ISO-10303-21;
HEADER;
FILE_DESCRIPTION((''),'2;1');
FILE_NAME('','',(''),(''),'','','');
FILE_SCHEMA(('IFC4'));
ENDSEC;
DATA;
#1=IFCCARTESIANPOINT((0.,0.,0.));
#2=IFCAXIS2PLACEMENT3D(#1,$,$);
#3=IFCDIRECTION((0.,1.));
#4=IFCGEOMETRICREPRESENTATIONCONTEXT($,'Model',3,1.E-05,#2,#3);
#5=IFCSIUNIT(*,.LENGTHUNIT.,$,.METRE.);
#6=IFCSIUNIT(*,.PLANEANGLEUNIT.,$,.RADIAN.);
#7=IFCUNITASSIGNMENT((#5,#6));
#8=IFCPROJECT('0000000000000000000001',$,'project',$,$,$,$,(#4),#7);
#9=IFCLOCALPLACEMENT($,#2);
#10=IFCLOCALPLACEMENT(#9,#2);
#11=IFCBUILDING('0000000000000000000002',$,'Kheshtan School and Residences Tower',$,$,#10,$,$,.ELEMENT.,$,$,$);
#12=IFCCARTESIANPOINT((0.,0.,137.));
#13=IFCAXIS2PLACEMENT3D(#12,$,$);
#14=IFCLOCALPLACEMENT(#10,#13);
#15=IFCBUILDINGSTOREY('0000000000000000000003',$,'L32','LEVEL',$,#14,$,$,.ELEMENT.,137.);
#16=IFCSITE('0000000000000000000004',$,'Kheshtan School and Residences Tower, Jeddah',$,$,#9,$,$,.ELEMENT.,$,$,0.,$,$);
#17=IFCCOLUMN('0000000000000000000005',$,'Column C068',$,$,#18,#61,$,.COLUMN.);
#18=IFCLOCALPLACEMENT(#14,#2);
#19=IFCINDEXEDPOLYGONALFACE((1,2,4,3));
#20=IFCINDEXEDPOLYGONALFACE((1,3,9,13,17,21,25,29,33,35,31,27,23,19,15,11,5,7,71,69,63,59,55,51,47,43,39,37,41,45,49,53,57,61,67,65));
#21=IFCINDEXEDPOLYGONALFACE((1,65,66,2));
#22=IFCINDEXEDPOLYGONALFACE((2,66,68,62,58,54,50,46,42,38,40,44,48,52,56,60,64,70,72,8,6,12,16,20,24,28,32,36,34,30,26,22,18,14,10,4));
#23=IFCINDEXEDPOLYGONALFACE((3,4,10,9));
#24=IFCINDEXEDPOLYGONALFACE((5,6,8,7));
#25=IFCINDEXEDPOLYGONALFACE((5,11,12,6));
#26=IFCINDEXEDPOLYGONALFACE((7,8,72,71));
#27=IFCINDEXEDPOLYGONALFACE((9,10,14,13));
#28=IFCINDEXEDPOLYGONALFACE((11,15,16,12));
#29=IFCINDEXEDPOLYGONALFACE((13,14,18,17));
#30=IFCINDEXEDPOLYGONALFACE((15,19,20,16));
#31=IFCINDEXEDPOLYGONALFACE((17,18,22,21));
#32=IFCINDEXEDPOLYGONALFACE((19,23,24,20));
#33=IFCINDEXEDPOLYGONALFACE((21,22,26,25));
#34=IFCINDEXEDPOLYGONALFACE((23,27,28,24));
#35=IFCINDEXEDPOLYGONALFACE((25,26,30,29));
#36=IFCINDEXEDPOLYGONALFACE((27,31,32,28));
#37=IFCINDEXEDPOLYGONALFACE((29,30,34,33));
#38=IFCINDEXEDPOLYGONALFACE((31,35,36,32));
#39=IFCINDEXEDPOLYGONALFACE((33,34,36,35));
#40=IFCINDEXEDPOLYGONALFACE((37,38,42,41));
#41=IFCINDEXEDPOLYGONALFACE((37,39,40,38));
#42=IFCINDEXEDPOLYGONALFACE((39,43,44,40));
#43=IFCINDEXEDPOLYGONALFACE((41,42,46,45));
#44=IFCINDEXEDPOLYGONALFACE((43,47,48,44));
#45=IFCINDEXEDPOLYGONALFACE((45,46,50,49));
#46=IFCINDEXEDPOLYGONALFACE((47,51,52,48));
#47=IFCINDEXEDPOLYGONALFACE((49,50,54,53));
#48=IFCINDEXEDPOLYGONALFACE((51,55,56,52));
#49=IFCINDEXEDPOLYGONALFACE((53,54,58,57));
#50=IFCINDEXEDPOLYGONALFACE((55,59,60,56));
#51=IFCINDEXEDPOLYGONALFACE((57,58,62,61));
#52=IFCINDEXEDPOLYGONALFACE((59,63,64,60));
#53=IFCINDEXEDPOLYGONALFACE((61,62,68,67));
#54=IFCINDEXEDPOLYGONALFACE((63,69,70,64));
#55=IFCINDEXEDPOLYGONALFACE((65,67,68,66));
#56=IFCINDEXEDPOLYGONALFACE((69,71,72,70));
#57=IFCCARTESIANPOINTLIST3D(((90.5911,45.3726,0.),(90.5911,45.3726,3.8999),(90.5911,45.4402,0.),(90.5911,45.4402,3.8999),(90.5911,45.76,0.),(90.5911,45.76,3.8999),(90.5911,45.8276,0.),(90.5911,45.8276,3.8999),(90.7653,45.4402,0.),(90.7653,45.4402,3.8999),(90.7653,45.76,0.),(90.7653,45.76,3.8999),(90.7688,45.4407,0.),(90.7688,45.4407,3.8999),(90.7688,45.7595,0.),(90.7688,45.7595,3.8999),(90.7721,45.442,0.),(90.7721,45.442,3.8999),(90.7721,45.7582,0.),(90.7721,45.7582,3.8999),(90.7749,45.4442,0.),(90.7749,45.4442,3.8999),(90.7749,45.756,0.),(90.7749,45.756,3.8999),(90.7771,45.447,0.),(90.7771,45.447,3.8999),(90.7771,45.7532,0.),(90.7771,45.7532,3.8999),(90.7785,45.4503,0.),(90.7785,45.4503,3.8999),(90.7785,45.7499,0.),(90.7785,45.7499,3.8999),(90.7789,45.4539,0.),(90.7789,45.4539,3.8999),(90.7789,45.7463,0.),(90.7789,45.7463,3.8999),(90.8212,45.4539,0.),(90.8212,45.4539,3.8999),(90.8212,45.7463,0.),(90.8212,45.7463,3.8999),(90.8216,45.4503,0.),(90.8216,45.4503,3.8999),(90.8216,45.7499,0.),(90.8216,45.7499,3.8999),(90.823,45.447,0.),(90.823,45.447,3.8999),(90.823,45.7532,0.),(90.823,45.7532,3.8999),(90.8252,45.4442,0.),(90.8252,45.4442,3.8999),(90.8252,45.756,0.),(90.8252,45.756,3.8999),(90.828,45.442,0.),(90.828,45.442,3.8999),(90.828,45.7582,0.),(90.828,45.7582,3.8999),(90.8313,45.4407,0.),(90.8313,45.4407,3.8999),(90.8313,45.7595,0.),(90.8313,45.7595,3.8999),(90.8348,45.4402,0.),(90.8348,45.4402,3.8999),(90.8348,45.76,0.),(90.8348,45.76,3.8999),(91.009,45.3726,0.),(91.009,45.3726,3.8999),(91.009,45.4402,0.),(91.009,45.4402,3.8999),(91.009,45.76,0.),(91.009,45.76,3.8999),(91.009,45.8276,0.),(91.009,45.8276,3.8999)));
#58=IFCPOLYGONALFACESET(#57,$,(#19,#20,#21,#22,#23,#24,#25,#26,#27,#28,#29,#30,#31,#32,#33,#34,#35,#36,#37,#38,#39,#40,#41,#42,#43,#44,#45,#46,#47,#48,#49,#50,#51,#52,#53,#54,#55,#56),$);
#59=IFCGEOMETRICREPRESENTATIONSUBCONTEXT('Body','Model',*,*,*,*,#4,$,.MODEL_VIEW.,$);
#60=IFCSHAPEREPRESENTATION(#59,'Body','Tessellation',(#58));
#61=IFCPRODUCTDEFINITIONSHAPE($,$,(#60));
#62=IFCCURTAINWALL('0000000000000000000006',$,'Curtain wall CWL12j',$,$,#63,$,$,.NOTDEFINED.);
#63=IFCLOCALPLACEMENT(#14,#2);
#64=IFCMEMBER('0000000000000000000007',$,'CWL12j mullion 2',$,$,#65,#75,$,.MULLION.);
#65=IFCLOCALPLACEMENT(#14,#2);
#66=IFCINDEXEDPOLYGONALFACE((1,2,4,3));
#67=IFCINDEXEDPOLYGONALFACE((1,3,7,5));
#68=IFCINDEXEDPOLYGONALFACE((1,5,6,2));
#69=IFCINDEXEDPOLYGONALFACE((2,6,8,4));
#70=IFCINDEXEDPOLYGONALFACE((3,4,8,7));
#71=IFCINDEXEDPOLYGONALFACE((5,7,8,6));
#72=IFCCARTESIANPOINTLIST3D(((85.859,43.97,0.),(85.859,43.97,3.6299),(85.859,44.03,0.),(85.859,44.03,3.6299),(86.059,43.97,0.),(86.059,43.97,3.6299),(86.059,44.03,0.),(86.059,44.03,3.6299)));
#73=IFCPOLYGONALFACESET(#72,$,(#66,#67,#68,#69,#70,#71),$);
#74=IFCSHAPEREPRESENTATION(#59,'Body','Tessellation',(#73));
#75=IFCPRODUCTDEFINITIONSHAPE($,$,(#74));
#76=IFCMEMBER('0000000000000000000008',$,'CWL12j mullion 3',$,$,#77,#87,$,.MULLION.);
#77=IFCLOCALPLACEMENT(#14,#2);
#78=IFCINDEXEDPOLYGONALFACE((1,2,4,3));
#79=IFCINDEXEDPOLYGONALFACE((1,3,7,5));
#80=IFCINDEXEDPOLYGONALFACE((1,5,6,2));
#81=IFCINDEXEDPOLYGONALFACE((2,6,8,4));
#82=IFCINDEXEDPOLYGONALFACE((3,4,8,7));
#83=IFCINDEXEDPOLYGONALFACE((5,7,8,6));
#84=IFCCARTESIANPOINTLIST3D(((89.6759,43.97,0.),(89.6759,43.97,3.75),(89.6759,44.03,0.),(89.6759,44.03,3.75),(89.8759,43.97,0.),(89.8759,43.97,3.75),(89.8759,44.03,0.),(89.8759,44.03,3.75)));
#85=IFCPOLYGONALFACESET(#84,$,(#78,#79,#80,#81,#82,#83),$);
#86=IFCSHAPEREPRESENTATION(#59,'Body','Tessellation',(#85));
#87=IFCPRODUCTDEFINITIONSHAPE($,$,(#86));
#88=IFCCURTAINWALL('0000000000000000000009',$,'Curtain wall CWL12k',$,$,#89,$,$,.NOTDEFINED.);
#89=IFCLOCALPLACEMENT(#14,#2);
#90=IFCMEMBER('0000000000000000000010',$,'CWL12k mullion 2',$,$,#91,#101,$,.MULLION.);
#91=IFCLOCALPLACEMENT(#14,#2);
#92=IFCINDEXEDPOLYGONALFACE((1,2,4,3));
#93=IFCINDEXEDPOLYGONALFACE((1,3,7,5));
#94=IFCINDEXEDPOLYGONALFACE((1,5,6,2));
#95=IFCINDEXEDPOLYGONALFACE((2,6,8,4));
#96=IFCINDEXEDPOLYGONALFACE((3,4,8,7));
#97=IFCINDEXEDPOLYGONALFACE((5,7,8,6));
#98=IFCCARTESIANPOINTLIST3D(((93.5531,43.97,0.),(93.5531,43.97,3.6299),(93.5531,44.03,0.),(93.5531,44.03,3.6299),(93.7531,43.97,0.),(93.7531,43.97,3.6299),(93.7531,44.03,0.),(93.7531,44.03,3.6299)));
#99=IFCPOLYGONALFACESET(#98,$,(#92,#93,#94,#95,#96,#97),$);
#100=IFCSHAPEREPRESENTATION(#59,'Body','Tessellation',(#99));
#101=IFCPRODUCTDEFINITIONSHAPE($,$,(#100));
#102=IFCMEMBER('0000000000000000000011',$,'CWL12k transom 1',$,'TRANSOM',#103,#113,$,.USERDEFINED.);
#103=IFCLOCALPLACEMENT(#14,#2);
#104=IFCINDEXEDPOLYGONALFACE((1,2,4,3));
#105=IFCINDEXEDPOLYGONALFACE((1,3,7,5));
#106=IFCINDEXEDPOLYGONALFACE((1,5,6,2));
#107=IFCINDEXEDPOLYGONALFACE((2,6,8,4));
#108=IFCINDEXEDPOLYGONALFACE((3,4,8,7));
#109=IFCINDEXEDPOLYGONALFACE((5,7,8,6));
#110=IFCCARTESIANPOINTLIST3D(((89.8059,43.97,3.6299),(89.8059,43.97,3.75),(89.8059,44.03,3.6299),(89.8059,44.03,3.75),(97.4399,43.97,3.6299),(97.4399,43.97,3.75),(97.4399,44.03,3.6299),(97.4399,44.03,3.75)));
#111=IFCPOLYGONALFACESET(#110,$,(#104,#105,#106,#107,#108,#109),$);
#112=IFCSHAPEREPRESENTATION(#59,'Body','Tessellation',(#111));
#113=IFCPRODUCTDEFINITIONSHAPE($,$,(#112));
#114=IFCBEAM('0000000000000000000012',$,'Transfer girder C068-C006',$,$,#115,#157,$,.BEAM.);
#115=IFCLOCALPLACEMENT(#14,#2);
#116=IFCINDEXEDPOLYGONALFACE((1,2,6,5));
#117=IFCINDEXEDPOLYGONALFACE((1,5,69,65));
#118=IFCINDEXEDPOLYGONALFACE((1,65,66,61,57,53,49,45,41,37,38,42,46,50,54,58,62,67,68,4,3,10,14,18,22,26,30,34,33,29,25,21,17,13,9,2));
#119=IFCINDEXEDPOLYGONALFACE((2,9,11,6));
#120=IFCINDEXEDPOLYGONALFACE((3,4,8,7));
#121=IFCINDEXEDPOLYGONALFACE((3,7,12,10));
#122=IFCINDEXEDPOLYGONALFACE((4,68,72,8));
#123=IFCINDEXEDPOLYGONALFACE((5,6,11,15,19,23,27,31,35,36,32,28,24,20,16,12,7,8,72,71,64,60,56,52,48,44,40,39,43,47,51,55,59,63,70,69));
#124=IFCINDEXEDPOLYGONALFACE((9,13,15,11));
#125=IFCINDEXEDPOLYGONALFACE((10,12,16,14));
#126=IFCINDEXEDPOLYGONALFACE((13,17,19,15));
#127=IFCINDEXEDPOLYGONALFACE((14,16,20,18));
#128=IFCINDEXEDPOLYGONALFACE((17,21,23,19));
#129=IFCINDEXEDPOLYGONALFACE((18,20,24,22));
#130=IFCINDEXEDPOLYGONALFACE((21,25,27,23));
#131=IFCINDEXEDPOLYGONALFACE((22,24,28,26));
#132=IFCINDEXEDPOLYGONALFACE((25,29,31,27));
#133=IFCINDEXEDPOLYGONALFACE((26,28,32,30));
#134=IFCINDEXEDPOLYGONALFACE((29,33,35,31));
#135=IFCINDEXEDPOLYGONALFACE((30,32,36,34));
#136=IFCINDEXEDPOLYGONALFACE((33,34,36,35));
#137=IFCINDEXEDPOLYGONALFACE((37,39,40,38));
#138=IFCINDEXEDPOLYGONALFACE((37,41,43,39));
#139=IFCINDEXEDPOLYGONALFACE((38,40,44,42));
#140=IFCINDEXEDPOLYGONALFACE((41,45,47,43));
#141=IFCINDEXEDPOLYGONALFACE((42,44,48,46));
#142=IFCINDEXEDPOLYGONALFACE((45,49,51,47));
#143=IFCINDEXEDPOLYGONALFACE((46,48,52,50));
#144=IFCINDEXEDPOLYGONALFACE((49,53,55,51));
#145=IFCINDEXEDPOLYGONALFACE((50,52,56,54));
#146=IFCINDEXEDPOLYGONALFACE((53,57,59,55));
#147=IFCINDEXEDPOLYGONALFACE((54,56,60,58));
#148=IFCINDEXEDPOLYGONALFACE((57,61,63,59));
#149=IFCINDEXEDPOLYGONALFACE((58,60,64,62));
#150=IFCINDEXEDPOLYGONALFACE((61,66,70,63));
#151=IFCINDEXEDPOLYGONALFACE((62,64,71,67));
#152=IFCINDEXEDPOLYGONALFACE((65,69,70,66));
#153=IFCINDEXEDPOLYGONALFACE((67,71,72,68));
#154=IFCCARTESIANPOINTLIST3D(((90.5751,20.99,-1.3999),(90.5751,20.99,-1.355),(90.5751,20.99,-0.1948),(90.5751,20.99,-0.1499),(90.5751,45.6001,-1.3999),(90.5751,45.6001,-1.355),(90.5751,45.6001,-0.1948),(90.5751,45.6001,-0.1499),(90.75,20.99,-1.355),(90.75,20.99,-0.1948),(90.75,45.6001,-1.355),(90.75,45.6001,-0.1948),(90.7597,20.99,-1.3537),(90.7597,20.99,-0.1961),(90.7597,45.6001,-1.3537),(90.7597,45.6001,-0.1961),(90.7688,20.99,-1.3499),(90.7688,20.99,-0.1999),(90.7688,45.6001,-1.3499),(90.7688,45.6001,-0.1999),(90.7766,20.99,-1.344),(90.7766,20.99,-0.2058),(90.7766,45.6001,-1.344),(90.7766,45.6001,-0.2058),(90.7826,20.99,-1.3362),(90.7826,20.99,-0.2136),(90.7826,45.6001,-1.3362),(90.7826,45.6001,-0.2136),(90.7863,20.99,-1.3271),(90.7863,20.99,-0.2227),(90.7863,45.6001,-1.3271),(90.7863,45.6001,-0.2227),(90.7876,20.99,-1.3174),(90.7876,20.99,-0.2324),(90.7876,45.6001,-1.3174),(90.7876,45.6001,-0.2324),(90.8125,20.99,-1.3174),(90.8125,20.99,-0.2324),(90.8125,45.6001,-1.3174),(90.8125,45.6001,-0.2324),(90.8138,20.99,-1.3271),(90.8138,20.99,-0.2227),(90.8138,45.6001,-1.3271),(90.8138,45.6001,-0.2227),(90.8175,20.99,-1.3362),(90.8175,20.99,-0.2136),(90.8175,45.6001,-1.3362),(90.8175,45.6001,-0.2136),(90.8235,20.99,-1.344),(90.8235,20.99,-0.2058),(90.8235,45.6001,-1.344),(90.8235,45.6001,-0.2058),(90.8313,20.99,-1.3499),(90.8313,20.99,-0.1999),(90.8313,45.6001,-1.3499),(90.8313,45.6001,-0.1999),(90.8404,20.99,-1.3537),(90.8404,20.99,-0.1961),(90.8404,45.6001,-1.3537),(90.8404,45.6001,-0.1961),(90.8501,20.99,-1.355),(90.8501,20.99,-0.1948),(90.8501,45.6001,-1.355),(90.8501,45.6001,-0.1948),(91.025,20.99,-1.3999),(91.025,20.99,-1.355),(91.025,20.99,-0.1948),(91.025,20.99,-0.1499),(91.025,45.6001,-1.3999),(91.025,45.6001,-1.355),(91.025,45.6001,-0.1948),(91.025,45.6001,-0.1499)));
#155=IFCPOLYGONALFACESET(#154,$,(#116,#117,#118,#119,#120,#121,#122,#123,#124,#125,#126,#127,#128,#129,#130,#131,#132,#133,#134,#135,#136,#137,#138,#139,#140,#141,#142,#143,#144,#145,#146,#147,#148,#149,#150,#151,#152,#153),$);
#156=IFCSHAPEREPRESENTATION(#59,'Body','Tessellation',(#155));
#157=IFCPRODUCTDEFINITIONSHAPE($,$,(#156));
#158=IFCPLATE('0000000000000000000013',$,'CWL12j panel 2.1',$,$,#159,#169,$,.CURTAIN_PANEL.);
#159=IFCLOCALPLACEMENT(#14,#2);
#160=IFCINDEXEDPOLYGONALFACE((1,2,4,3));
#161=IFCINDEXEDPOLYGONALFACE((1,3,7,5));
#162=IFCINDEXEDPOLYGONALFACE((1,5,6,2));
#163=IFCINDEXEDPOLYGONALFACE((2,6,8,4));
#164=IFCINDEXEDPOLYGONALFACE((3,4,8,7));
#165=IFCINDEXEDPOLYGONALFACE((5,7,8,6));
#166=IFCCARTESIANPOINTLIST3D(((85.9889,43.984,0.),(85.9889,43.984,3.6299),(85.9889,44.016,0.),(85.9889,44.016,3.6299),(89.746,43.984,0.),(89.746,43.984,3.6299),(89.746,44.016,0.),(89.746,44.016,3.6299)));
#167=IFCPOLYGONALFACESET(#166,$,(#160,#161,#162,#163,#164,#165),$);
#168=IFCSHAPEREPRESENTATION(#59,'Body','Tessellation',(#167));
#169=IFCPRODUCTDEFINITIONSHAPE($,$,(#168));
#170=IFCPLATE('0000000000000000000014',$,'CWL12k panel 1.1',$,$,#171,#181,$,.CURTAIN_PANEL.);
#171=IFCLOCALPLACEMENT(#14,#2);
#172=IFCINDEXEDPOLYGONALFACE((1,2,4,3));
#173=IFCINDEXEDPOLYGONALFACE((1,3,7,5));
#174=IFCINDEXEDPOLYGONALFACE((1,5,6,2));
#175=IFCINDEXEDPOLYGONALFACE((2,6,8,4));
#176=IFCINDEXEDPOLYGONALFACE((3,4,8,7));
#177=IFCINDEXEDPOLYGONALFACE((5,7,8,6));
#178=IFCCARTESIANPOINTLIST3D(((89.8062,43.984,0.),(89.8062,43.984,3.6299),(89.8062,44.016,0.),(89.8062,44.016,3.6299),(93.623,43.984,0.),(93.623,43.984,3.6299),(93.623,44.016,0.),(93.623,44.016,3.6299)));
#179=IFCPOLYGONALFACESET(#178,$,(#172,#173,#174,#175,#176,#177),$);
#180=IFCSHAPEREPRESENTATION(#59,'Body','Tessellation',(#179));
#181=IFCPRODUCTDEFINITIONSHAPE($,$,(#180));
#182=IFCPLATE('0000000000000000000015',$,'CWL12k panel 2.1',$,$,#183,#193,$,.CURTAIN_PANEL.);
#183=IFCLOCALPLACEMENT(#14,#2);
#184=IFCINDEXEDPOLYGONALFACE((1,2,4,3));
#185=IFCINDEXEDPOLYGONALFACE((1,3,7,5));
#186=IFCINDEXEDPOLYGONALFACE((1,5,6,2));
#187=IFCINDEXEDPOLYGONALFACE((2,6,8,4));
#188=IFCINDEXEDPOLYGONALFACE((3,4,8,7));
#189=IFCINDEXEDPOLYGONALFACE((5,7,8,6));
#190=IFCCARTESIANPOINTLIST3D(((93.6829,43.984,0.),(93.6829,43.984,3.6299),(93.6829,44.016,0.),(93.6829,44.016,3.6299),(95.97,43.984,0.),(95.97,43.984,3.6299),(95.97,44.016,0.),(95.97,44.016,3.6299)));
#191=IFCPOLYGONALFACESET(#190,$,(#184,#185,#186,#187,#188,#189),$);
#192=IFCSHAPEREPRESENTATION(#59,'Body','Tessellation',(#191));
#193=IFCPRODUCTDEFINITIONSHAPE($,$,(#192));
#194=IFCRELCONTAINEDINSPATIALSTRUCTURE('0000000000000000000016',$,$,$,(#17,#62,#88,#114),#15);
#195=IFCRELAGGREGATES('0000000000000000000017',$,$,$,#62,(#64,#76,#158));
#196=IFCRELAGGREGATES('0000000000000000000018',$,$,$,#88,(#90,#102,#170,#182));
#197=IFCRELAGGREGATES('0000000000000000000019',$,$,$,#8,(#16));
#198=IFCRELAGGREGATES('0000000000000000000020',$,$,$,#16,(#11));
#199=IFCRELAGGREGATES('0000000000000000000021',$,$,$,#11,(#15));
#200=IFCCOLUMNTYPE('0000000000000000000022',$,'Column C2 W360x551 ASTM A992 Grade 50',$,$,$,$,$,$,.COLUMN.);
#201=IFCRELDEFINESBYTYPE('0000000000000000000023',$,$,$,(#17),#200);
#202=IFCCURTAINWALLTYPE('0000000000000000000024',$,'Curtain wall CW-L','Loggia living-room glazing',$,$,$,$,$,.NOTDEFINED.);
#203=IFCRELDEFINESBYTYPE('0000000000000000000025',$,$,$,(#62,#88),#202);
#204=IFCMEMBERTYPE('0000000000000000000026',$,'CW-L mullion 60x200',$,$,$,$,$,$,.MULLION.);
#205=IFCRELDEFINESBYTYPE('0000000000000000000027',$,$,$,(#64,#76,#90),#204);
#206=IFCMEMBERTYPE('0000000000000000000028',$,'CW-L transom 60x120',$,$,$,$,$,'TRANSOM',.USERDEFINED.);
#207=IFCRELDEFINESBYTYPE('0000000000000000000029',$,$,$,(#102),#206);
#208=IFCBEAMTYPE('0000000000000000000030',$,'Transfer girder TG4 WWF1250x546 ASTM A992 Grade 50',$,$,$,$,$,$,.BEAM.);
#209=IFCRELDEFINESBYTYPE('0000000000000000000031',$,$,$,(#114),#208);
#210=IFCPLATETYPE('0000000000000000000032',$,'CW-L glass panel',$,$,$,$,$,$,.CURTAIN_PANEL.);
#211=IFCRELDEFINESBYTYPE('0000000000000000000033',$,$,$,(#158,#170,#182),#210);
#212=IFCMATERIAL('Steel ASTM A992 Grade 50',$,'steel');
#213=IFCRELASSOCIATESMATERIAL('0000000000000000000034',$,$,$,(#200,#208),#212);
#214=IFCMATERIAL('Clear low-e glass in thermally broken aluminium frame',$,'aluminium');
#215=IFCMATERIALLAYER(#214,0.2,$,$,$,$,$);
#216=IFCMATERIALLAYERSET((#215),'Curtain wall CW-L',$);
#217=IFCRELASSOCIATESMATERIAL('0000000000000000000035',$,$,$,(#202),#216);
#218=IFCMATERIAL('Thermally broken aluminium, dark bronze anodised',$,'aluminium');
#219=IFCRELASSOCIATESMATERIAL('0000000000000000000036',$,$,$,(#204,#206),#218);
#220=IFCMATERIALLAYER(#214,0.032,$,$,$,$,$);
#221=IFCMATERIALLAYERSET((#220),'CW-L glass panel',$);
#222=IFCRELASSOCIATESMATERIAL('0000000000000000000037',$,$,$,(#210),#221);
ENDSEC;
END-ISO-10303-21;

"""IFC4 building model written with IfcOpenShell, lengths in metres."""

from ifc_helpers import new_model, si_unit, direction, frame, origin, origin_2d, place, context, subcontext, project, spatial, rectangle, i_section, extrude, material, layer, layer_set, material_profile, profile_set, type_object, element, aggregate, save


model = new_model("IFC4")

# Units and contexts
model_context = context("Model", 3, precision=1e-05, world=origin(), true_north=direction((0.0, 1.0)))
body_context = subcontext(model_context, "Body", "Model", "MODEL_VIEW")
ifc_project = project(units=[si_unit("LENGTHUNIT", "METRE"), si_unit("PLANEANGLEUNIT", "RADIAN")], contexts=[model_context])

# Site, building, storey
site_placement = place(None, origin())
site = spatial("IfcSite", under=ifc_project, at=site_placement, Name="Kheshtan School and Residences Tower, Jeddah", CompositionType="ELEMENT", RefElevation=0.0)
building_placement = place(site_placement, origin())
building = spatial("IfcBuilding", under=site, at=building_placement, Name="Kheshtan School and Residences Tower", CompositionType="ELEMENT")
storey_placement = place(building_placement, frame((0.0, 0.0, 137.0)))
storey = spatial("IfcBuildingStorey", under=building, at=storey_placement, Name="L32", Description="LEVEL", CompositionType="ELEMENT", Elevation=137.0)

# Column
ifc_material_1 = material(Name="Steel ASTM A992 Grade 50", Category="steel")
ifc_material_profile_1 = material_profile(ifc_material_1, i_section(OverallWidth=0.418, OverallDepth=0.4551, WebThickness=0.0422, FlangeThickness=0.0676, FilletRadius=0.0137, at=origin_2d()), Name="W360x551")
ifc_profile_set_1 = profile_set([ifc_material_profile_1], Name="Steel ASTM A992 Grade 50")
column_type = type_object("IfcColumnType", Name="Column C2 W360x551 ASTM A992 Grade 50", PredefinedType="COLUMN", material=ifc_profile_set_1)
column_placement = place(storey_placement, frame((90.8, 45.6001, 0.0), z_axis=(0.0, 0.0, 1.0), x_axis=(1.0, 0.0, 0.0)))
element("IfcColumn", 1, at=column_placement, inside=storey, type_object=column_type, Name="Column C068", PredefinedType="COLUMN", context=body_context, shape_type="SweptSolid", body=[
    extrude(i_section(OverallWidth=0.418, OverallDepth=0.4551, WebThickness=0.0422, FlangeThickness=0.0676, FilletRadius=0.0137, at=origin_2d()), origin(), (0.0, 0.0, 1.0), 3.8999),
])

# Curtain walls, members
ifc_material_2 = material(Name="Clear low-e glass in thermally broken aluminium frame", Category="aluminium")
ifc_layer_1 = layer(ifc_material_2, 0.2)
ifc_layer_set_1 = layer_set([ifc_layer_1], Name="Curtain wall CW-L")
curtain_wall_type = type_object("IfcCurtainWallType", Name="Curtain wall CW-L", Description="Loggia living-room glazing", PredefinedType="NOTDEFINED", material=ifc_layer_set_1)
curtain_wall_1_placement = place(storey_placement, origin())
curtain_wall_1 = element("IfcCurtainWall", 2, at=curtain_wall_1_placement, inside=storey, type_object=curtain_wall_type, Name="Curtain wall CWL12j", PredefinedType="NOTDEFINED")
ifc_material_3 = material(Name="Thermally broken aluminium, dark bronze anodised", Category="aluminium")
ifc_material_profile_2 = material_profile(ifc_material_3, rectangle(XDim=0.0601, YDim=0.2, at=origin_2d()), Name="CW-L mullion 60x200")
ifc_profile_set_2 = profile_set([ifc_material_profile_2], Name="Thermally broken aluminium, dark bronze anodised")
member_type_1 = type_object("IfcMemberType", Name="CW-L mullion 60x200", PredefinedType="MULLION", material=ifc_profile_set_2)
member_1_placement = place(storey_placement, frame((85.959, 44.0, 0.0), z_axis=(0.0, 0.0, 1.0), x_axis=(0.0, 1.0, 0.0)))
member_1 = element("IfcMember", 3, at=member_1_placement, type_object=member_type_1, Name="CWL12j mullion 2", PredefinedType="MULLION", context=body_context, shape_type="SweptSolid", body=[
    extrude(rectangle(XDim=0.0601, YDim=0.2, at=origin_2d()), origin(), (0.0, 0.0, 1.0), 3.6299),
])
member_2_placement = place(storey_placement, frame((89.7759, 44.0, 0.0), z_axis=(0.0, 0.0, 1.0), x_axis=(0.0, 1.0, 0.0)))
member_2 = element("IfcMember", 4, at=member_2_placement, type_object=member_type_1, Name="CWL12j mullion 3", PredefinedType="MULLION", context=body_context, shape_type="SweptSolid", body=[
    extrude(rectangle(XDim=0.0601, YDim=0.2, at=origin_2d()), origin(), (0.0, 0.0, 1.0), 3.75),
])
curtain_wall_2_placement = place(storey_placement, origin())
curtain_wall_2 = element("IfcCurtainWall", 5, at=curtain_wall_2_placement, inside=storey, type_object=curtain_wall_type, Name="Curtain wall CWL12k", PredefinedType="NOTDEFINED")
member_3_placement = place(storey_placement, frame((93.6531, 44.0, 0.0), z_axis=(0.0, 0.0, 1.0), x_axis=(0.0, 1.0, 0.0)))
member_3 = element("IfcMember", 6, at=member_3_placement, type_object=member_type_1, Name="CWL12k mullion 2", PredefinedType="MULLION", context=body_context, shape_type="SweptSolid", body=[
    extrude(rectangle(XDim=0.0601, YDim=0.2, at=origin_2d()), origin(), (0.0, 0.0, 1.0), 3.6299),
])
ifc_material_profile_3 = material_profile(ifc_material_3, rectangle(XDim=0.0601, YDim=0.1201, at=origin_2d()), Name="CW-L transom 60x120")
ifc_profile_set_3 = profile_set([ifc_material_profile_3], Name="Thermally broken aluminium, dark bronze anodised")
member_type_2 = type_object("IfcMemberType", Name="CW-L transom 60x120", ElementType="TRANSOM", PredefinedType="USERDEFINED", material=ifc_profile_set_3)
member_4_placement = place(storey_placement, frame((89.8059, 44.0, 3.6899), z_axis=(1.0, 0.0, 0.0), x_axis=(0.0, 1.0, 0.0)))
member_4 = element("IfcMember", 7, at=member_4_placement, type_object=member_type_2, Name="CWL12k transom 1", ObjectType="TRANSOM", PredefinedType="USERDEFINED", context=body_context, shape_type="SweptSolid", body=[
    extrude(rectangle(XDim=0.0601, YDim=0.1201, at=origin_2d()), origin(), (0.0, 0.0, 1.0), 7.634),
])

# Beam
ifc_material_profile_4 = material_profile(ifc_material_1, i_section(OverallWidth=0.45, OverallDepth=1.25, WebThickness=0.0249, FlangeThickness=0.0449, FilletRadius=0.0376, at=origin_2d()), Name="WWF1250x546")
ifc_profile_set_4 = profile_set([ifc_material_profile_4], Name="Steel ASTM A992 Grade 50")
beam_type = type_object("IfcBeamType", Name="Transfer girder TG4 WWF1250x546 ASTM A992 Grade 50", PredefinedType="BEAM", material=ifc_profile_set_4)
beam_placement = place(storey_placement, frame((90.8, 45.6001, -0.7749), z_axis=(0.0, -1.0, 0.0), x_axis=(1.0, 0.0, 0.0)))
element("IfcBeam", 8, at=beam_placement, inside=storey, type_object=beam_type, Name="Transfer girder C068-C006", PredefinedType="BEAM", context=body_context, shape_type="SweptSolid", body=[
    extrude(i_section(OverallWidth=0.45, OverallDepth=1.25, WebThickness=0.0249, FlangeThickness=0.0449, FilletRadius=0.0376, at=origin_2d()), origin(), (0.0, 0.0, 1.0), 24.6101),
])

# Plates
ifc_layer_2 = layer(ifc_material_2, 0.032)
ifc_layer_set_2 = layer_set([ifc_layer_2], Name="CW-L glass panel")
plate_type = type_object("IfcPlateType", Name="CW-L glass panel", PredefinedType="CURTAIN_PANEL", material=ifc_layer_set_2)
plate_1_placement = place(storey_placement, frame((87.8674, 44.0, 0.0), z_axis=(0.0, 0.0, 1.0), x_axis=(1.0, 0.0, 0.0)))
plate_1 = element("IfcPlate", 9, at=plate_1_placement, type_object=plate_type, Name="CWL12j panel 2.1", PredefinedType="CURTAIN_PANEL", context=body_context, shape_type="SweptSolid", body=[
    extrude(rectangle(XDim=3.7571, YDim=0.032, at=origin_2d()), origin(), (0.0, 0.0, 1.0), 3.6299),
])
aggregate(curtain_wall_1, [member_1, member_2, plate_1])
plate_2_placement = place(storey_placement, frame((91.7146, 44.0, 0.0), z_axis=(0.0, 0.0, 1.0), x_axis=(1.0, 0.0, 0.0)))
plate_2 = element("IfcPlate", 10, at=plate_2_placement, type_object=plate_type, Name="CWL12k panel 1.1", PredefinedType="CURTAIN_PANEL", context=body_context, shape_type="SweptSolid", body=[
    extrude(rectangle(XDim=3.8169, YDim=0.032, at=origin_2d()), origin(), (0.0, 0.0, 1.0), 3.6299),
])
plate_3_placement = place(storey_placement, frame((94.8264, 44.0, 0.0), z_axis=(0.0, 0.0, 1.0), x_axis=(1.0, 0.0, 0.0)))
plate_3 = element("IfcPlate", 11, at=plate_3_placement, type_object=plate_type, Name="CWL12k panel 2.1", PredefinedType="CURTAIN_PANEL", context=body_context, shape_type="SweptSolid", body=[
    extrude(rectangle(XDim=2.2871, YDim=0.032, at=origin_2d()), origin(), (0.0, 0.0, 1.0), 3.6299),
])
aggregate(curtain_wall_2, [member_3, member_4, plate_2, plate_3])

save(model, "model.ifc")
